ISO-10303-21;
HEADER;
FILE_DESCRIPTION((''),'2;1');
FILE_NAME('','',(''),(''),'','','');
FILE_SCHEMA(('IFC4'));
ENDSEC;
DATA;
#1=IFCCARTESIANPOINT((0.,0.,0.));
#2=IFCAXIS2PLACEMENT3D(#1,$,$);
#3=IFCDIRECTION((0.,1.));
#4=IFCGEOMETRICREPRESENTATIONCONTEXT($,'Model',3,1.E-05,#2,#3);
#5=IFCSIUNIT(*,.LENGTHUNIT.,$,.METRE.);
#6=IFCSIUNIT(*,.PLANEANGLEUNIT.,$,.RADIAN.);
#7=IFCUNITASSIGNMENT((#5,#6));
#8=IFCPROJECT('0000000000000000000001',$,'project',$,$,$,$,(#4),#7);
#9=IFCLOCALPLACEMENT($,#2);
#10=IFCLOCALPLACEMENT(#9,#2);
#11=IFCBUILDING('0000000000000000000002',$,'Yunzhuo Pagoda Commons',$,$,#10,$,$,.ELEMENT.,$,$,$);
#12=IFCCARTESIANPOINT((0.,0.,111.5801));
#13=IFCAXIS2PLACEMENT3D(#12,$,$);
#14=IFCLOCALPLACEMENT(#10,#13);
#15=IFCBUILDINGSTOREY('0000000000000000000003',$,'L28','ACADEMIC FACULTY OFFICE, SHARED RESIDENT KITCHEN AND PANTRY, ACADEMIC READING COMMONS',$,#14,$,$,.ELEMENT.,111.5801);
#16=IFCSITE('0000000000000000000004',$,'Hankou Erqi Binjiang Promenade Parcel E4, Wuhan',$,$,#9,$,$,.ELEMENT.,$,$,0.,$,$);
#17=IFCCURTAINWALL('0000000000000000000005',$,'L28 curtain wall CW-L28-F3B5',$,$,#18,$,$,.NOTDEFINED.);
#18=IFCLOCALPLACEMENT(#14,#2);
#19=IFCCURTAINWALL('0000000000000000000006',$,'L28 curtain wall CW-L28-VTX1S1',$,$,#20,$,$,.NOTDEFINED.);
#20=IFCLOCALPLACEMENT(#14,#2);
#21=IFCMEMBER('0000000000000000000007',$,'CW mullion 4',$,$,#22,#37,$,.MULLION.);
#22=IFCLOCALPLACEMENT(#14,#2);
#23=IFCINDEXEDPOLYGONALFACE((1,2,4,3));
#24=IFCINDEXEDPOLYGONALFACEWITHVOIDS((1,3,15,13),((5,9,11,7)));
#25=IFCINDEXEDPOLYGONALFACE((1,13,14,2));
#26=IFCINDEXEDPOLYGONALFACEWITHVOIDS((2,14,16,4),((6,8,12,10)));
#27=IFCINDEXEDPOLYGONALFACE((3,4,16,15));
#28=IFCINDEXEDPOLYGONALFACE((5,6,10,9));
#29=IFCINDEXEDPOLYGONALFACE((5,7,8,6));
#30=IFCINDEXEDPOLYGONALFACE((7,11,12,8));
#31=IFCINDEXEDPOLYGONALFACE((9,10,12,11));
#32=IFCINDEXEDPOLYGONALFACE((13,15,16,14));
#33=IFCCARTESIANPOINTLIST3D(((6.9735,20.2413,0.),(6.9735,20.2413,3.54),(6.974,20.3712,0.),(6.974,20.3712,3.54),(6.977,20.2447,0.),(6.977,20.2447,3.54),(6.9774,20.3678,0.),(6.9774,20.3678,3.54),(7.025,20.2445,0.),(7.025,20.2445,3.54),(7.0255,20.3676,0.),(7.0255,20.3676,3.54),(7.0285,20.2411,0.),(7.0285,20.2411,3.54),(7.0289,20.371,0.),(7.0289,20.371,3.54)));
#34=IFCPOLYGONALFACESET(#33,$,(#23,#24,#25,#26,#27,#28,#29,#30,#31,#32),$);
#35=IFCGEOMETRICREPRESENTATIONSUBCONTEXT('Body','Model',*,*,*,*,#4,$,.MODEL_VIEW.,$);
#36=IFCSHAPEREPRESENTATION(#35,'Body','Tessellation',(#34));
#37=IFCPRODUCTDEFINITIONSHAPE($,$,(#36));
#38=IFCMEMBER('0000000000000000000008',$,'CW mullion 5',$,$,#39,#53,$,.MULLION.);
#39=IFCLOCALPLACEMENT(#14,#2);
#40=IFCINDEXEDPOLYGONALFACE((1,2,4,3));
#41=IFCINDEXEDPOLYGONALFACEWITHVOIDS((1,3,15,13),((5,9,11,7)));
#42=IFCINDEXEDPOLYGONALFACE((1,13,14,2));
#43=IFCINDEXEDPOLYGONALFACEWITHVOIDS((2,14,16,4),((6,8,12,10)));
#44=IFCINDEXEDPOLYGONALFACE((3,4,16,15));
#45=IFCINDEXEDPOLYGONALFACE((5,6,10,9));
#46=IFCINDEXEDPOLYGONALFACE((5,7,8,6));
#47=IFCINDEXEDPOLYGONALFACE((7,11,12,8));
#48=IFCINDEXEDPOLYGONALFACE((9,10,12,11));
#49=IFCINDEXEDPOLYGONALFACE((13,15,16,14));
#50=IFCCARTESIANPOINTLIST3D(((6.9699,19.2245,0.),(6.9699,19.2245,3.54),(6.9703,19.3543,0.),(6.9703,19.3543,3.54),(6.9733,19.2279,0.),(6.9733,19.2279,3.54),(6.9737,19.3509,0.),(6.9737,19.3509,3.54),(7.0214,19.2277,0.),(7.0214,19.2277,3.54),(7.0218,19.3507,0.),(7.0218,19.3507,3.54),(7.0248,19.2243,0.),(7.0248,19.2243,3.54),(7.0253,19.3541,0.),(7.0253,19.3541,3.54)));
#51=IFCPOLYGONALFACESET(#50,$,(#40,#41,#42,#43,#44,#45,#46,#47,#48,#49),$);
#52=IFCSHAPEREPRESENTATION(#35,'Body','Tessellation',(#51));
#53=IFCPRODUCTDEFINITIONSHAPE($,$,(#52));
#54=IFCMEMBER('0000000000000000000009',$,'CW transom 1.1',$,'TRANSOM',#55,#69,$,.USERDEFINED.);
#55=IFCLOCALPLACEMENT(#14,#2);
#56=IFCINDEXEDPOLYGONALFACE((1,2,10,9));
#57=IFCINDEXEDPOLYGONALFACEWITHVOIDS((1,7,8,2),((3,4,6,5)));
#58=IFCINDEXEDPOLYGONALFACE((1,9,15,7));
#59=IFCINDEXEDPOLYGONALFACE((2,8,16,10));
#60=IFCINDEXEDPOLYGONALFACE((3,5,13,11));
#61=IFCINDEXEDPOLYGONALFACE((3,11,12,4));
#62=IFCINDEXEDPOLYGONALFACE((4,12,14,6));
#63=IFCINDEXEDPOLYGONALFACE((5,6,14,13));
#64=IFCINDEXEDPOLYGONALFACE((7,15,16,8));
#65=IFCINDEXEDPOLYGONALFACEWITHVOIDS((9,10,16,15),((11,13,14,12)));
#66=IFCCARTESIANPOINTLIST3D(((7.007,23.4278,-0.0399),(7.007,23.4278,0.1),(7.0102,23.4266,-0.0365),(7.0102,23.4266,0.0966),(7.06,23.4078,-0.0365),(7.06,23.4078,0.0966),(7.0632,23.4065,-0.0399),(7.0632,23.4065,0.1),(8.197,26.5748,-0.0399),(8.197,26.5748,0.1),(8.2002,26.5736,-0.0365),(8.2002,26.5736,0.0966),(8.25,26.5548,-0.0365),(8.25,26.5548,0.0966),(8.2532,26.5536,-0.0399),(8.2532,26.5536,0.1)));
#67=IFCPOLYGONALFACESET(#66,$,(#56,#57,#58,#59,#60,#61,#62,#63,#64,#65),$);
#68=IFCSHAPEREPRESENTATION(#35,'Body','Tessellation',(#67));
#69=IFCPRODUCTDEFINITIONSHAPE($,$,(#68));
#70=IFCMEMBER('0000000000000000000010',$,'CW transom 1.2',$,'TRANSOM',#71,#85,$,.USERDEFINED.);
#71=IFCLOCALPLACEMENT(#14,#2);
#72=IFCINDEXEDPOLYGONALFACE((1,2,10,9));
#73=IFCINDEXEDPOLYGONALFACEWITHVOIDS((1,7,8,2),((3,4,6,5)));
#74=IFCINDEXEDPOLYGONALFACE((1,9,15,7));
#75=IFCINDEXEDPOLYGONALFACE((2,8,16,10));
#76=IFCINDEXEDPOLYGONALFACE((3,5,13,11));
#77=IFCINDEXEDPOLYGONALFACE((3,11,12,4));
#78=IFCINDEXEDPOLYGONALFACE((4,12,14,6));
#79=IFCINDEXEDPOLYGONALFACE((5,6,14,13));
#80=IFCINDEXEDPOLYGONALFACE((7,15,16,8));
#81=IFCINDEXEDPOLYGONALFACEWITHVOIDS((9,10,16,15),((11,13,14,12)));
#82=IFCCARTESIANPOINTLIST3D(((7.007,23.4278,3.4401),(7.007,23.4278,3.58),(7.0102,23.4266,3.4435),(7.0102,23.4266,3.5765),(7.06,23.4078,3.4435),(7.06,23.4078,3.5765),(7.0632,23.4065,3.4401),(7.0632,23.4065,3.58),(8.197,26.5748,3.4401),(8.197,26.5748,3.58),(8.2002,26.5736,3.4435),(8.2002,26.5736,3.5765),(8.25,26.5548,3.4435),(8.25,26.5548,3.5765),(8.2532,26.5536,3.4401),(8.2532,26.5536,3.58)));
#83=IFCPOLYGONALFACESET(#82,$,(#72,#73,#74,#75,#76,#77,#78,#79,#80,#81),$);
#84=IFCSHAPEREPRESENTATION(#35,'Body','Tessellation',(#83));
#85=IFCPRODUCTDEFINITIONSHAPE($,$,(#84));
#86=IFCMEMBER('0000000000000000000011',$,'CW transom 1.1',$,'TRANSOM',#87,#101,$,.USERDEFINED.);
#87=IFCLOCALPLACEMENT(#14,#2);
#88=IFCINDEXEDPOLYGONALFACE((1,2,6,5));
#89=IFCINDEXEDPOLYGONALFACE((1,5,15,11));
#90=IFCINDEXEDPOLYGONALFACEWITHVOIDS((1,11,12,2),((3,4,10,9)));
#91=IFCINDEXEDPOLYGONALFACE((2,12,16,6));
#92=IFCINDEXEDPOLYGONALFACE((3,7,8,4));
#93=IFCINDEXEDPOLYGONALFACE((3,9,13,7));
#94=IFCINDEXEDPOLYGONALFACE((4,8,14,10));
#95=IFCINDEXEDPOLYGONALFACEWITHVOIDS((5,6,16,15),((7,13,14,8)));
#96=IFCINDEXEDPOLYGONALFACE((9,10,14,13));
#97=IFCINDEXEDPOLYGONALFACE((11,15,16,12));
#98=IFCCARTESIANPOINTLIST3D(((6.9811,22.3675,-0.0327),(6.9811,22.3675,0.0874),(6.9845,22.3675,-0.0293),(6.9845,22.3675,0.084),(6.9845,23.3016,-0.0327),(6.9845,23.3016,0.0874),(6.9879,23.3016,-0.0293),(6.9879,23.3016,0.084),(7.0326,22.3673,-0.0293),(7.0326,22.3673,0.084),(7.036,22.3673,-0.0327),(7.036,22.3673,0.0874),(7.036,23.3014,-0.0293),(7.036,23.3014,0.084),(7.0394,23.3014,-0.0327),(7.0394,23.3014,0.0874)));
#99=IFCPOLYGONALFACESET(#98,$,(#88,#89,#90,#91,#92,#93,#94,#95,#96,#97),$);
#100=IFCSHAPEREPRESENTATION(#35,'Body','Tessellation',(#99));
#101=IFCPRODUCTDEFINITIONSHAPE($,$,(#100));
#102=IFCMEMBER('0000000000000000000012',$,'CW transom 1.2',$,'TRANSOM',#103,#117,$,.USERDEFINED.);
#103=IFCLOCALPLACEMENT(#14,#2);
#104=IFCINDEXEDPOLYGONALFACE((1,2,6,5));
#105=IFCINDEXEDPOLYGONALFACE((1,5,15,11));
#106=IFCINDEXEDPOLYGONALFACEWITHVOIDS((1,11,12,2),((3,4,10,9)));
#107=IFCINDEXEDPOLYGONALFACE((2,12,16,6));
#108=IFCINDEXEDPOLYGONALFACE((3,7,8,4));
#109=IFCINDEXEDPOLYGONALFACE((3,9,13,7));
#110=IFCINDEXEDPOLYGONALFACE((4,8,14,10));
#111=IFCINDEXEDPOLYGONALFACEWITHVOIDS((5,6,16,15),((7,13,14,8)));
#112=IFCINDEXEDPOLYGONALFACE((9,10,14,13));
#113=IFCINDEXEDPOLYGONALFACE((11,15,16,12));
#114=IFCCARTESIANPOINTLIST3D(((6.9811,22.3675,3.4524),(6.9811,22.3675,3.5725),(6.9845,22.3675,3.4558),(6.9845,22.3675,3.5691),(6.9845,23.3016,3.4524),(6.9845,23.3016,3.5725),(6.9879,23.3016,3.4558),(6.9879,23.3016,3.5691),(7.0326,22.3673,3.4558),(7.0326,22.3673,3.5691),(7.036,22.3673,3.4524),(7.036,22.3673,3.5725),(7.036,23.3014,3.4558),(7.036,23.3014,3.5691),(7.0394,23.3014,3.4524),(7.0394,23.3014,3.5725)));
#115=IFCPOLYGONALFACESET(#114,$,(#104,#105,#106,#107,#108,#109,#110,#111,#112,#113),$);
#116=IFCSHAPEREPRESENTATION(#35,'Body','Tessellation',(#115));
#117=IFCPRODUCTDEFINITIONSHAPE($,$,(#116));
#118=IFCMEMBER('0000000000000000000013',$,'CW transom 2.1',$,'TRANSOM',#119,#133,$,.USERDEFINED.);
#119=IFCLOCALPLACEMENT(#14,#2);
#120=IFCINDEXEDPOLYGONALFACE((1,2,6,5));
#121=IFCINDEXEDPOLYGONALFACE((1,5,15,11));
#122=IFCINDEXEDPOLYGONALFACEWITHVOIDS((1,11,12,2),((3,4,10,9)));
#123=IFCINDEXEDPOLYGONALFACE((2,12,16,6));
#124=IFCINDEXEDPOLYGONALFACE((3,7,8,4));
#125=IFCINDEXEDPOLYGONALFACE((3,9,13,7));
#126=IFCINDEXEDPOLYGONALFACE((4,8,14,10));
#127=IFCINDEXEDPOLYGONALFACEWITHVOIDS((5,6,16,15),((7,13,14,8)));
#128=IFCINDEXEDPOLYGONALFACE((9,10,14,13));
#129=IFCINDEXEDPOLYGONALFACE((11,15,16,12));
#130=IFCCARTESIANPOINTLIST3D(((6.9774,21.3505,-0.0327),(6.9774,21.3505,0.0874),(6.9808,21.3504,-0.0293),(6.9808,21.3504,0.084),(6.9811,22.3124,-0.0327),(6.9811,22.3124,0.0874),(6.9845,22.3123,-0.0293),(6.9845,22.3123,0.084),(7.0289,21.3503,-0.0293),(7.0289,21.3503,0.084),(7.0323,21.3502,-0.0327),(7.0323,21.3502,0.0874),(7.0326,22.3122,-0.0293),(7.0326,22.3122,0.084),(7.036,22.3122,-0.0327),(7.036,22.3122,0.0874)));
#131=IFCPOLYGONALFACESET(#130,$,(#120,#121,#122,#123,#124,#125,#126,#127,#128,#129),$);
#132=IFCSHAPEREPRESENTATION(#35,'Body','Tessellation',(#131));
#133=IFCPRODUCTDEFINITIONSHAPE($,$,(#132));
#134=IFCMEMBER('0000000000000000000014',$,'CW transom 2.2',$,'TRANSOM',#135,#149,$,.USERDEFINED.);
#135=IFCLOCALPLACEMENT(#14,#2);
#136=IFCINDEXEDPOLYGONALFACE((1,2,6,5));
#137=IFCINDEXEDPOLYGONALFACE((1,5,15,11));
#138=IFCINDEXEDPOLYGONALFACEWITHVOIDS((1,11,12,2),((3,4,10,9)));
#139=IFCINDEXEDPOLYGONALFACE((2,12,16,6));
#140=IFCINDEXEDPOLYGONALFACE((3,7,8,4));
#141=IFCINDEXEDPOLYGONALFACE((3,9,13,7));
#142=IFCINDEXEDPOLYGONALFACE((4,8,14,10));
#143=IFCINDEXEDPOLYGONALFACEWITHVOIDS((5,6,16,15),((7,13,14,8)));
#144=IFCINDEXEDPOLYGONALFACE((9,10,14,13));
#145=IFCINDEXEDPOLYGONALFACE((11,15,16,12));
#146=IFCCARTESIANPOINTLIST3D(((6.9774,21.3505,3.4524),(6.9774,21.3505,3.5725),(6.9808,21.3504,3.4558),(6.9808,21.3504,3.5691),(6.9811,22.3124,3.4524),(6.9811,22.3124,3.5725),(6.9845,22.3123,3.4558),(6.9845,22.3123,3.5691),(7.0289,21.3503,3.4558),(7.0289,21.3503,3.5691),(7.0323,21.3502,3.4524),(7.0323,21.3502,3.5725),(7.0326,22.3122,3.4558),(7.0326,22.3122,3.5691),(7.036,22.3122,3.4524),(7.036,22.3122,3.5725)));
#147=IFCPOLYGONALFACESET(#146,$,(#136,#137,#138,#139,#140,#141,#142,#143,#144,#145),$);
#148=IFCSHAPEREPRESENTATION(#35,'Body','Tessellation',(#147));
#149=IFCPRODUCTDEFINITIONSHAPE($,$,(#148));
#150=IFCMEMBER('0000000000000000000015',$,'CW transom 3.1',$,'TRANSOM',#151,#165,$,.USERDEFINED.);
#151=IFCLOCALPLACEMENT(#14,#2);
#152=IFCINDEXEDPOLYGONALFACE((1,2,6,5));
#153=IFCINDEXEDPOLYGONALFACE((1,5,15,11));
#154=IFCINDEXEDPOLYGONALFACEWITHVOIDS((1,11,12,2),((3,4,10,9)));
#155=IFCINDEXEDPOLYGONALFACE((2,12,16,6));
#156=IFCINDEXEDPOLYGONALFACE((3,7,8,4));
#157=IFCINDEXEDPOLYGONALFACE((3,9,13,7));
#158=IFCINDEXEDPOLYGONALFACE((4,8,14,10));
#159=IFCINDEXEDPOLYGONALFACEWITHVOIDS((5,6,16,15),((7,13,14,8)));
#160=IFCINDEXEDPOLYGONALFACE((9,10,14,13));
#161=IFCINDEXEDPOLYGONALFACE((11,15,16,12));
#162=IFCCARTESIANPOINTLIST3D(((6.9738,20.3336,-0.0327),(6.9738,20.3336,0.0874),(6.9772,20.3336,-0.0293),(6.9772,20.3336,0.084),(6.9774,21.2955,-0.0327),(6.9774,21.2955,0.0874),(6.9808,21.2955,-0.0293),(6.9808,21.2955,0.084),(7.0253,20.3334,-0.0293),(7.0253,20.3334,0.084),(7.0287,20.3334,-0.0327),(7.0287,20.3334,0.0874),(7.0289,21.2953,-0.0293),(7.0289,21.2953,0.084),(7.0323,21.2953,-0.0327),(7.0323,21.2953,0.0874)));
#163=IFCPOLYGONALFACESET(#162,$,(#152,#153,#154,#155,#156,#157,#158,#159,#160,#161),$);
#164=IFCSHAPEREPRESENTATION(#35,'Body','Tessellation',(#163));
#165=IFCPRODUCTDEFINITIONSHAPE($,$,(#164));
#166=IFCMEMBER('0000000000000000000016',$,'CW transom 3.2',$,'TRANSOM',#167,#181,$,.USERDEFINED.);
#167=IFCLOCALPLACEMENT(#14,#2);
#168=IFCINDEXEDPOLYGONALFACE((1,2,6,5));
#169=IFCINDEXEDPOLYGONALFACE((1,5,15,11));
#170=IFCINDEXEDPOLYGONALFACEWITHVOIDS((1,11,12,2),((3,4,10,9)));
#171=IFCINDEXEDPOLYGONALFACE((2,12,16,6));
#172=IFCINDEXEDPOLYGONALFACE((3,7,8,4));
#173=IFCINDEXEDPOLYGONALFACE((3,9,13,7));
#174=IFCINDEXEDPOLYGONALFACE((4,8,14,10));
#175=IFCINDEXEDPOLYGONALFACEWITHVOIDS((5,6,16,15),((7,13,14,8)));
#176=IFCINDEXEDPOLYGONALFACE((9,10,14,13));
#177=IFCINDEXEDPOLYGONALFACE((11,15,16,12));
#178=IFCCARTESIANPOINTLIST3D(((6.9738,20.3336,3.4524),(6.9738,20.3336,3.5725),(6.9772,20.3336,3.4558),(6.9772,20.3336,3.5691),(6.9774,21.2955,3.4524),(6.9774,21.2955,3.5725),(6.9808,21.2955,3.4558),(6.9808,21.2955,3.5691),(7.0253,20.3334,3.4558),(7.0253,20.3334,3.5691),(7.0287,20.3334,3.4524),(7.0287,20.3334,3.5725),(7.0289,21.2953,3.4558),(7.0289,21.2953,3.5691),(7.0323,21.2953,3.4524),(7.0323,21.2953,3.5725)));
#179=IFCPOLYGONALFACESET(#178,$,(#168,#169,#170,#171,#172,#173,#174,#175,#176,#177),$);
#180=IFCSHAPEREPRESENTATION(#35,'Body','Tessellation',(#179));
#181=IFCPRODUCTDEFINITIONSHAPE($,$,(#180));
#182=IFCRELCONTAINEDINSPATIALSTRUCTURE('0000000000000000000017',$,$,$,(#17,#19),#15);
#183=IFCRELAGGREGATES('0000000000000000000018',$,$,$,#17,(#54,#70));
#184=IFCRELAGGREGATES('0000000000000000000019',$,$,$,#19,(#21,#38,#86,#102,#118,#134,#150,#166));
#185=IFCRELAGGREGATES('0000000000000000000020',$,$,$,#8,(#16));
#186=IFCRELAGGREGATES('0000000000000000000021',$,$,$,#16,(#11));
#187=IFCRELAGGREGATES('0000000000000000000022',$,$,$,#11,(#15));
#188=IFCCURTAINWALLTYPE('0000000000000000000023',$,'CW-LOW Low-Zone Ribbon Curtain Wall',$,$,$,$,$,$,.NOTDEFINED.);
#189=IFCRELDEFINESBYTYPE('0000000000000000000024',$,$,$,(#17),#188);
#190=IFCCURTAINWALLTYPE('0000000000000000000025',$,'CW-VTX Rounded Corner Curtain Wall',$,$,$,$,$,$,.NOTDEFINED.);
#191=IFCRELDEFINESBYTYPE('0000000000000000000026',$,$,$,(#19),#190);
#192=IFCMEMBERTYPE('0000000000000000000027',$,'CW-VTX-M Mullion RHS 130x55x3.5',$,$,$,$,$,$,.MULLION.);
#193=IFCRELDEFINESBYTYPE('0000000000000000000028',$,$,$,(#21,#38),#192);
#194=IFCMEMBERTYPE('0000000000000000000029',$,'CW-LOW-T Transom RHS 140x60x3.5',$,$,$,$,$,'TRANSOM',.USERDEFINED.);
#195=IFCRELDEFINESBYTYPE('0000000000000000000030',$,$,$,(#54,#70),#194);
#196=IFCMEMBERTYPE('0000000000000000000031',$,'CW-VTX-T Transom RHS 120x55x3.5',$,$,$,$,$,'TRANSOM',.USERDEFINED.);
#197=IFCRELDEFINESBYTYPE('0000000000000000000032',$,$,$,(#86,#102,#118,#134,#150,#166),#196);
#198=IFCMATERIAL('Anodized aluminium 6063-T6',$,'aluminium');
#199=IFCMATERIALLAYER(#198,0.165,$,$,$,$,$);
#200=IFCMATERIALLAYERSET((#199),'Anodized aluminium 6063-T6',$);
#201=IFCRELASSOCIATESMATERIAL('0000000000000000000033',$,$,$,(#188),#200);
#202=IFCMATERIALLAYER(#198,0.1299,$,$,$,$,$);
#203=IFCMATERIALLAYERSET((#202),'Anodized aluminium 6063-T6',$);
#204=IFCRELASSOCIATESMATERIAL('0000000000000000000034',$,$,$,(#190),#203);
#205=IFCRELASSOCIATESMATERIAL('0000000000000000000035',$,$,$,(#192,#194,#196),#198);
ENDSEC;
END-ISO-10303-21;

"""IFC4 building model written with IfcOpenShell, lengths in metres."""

from ifc_helpers import new_model, si_unit, direction, frame, origin, origin_2d, place, context, subcontext, project, spatial, hollow_rectangle, extrude, source, transform, mapped, material, layer, layer_set, material_profile, profile_set, type_object, element, aggregate, save


model = new_model("IFC4")

# Units and contexts
model_context = context("Model", 3, precision=1e-05, world=origin(), true_north=direction((0.0, 1.0)))
body_context = subcontext(model_context, "Body", "Model", "MODEL_VIEW")
ifc_project = project(units=[si_unit("LENGTHUNIT", "METRE"), si_unit("PLANEANGLEUNIT", "RADIAN")], contexts=[model_context])

# Site, building, storey
site_placement = place(None, origin())
site = spatial("IfcSite", under=ifc_project, at=site_placement, Name="Hankou Erqi Binjiang Promenade Parcel E4, Wuhan", CompositionType="ELEMENT", RefElevation=0.0)
building_placement = place(site_placement, origin())
building = spatial("IfcBuilding", under=site, at=building_placement, Name="Yunzhuo Pagoda Commons", CompositionType="ELEMENT")
storey_placement = place(building_placement, frame((0.0, 0.0, 111.5801)))
storey = spatial("IfcBuildingStorey", under=building, at=storey_placement, Name="L28", Description="ACADEMIC FACULTY OFFICE, SHARED RESIDENT KITCHEN AND PANTRY, ACADEMIC READING COMMONS", CompositionType="ELEMENT", Elevation=111.5801)

# Shared definitions
ifc_material_1 = material(Name="Anodized aluminium 6063-T6", Category="aluminium")
ifc_layer_1 = layer(ifc_material_1, 0.165)
ifc_layer_set_1 = layer_set([ifc_layer_1], Name="Anodized aluminium 6063-T6")
curtain_wall_type_1 = type_object("IfcCurtainWallType", Name="CW-LOW Low-Zone Ribbon Curtain Wall", PredefinedType="NOTDEFINED", material=ifc_layer_set_1)

# Curtain walls, members
curtain_wall_1_placement = place(storey_placement, origin())
curtain_wall_1 = element("IfcCurtainWall", 1, at=curtain_wall_1_placement, inside=storey, type_object=curtain_wall_type_1, Name="L28 curtain wall CW-L28-F3B5", PredefinedType="NOTDEFINED")
ifc_layer_2 = layer(ifc_material_1, 0.1299)
ifc_layer_set_2 = layer_set([ifc_layer_2], Name="Anodized aluminium 6063-T6")
curtain_wall_type_2 = type_object("IfcCurtainWallType", Name="CW-VTX Rounded Corner Curtain Wall", PredefinedType="NOTDEFINED", material=ifc_layer_set_2)
curtain_wall_2_placement = place(storey_placement, origin())
curtain_wall_2 = element("IfcCurtainWall", 2, at=curtain_wall_2_placement, inside=storey, type_object=curtain_wall_type_2, Name="L28 curtain wall CW-L28-VTX1S1", PredefinedType="NOTDEFINED")
ifc_material_profile_1 = material_profile(ifc_material_1, hollow_rectangle(XDim=0.0549, YDim=0.1299, WallThickness=0.0034, at=origin_2d()), Name="Anodized aluminium 6063-T6")
ifc_profile_set_1 = profile_set([ifc_material_profile_1], Name="Anodized aluminium 6063-T6")
member_type_1 = type_object("IfcMemberType", Name="CW-VTX-M Mullion RHS 130x55x3.5", PredefinedType="MULLION", material=ifc_profile_set_1)
shared_shape_1 = source(origin(), body_context, "Body", "SweptSolid", [
    extrude(hollow_rectangle(XDim=0.0549, YDim=0.1299, WallThickness=0.0034, at=origin_2d()), origin(), (0.0, 0.0, 1.0), 3.54),
])
member_1_placement = place(storey_placement, frame((7.0012, 20.3062, 0.0), z_axis=(0.0, 0.0, 1.0), x_axis=(0.999994, -0.003599, 0.0)))
member_1 = element("IfcMember", 3, at=member_1_placement, type_object=member_type_1, Name="CW mullion 4", PredefinedType="MULLION", context=body_context, shape_type="MappedRepresentation", body=[
    mapped(shared_shape_1, transform((0.0, 0.0, 0.0), scale=1.0)),
])
member_2_placement = place(storey_placement, frame((6.9976, 19.2893, 0.0), z_axis=(0.0, 0.0, 1.0), x_axis=(0.999994, -0.003599, 0.0)))
member_2 = element("IfcMember", 4, at=member_2_placement, type_object=member_type_1, Name="CW mullion 5", PredefinedType="MULLION", context=body_context, shape_type="MappedRepresentation", body=[
    mapped(shared_shape_1, transform((0.0, 0.0, 0.0), scale=1.0)),
])

# Members
ifc_material_profile_2 = material_profile(ifc_material_1, hollow_rectangle(XDim=0.0601, YDim=0.1399, WallThickness=0.0034, at=origin_2d()), Name="Anodized aluminium 6063-T6")
ifc_profile_set_2 = profile_set([ifc_material_profile_2], Name="Anodized aluminium 6063-T6")
member_type_2 = type_object("IfcMemberType", Name="CW-LOW-T Transom RHS 140x60x3.5", ElementType="TRANSOM", PredefinedType="USERDEFINED", material=ifc_profile_set_2)
shared_shape_2 = source(origin(), body_context, "Body", "SweptSolid", [
    extrude(hollow_rectangle(XDim=0.0601, YDim=0.1399, WallThickness=0.0034, at=origin_2d()), origin(), (0.0, 0.0, 1.0), 3.3645),
])
member_3_placement = place(storey_placement, frame((8.2251, 26.5642, 0.03), z_axis=(-0.353683, -0.935365, 0.0), x_axis=(0.935365, -0.353683, 0.0)))
member_3 = element("IfcMember", 5, at=member_3_placement, type_object=member_type_2, Name="CW transom 1.1", ObjectType="TRANSOM", PredefinedType="USERDEFINED", context=body_context, shape_type="MappedRepresentation", body=[
    mapped(shared_shape_2, transform((0.0, 0.0, 0.0), scale=1.0)),
])
member_4_placement = place(storey_placement, frame((8.2251, 26.5642, 3.51), z_axis=(-0.353683, -0.935365, 0.0), x_axis=(0.935365, -0.353683, 0.0)))
member_4 = element("IfcMember", 6, at=member_4_placement, type_object=member_type_2, Name="CW transom 1.2", ObjectType="TRANSOM", PredefinedType="USERDEFINED", context=body_context, shape_type="MappedRepresentation", body=[
    mapped(shared_shape_2, transform((0.0, 0.0, 0.0), scale=1.0)),
])
ifc_material_profile_3 = material_profile(ifc_material_1, hollow_rectangle(XDim=0.0549, YDim=0.1201, WallThickness=0.0034, at=origin_2d()), Name="Anodized aluminium 6063-T6")
ifc_profile_set_3 = profile_set([ifc_material_profile_3], Name="Anodized aluminium 6063-T6")
member_type_3 = type_object("IfcMemberType", Name="CW-VTX-T Transom RHS 120x55x3.5", ElementType="TRANSOM", PredefinedType="USERDEFINED", material=ifc_profile_set_3)
shared_shape_3 = source(origin(), body_context, "Body", "SweptSolid", [
    extrude(hollow_rectangle(XDim=0.0549, YDim=0.1201, WallThickness=0.0034, at=origin_2d()), origin(), (0.0, 0.0, 1.0), 0.9341),
])
member_5_placement = place(storey_placement, frame((7.012, 23.3015, 0.0273), z_axis=(-0.003659, -0.999993, 0.0), x_axis=(0.999993, -0.003659, 0.0)))
member_5 = element("IfcMember", 7, at=member_5_placement, type_object=member_type_3, Name="CW transom 1.1", ObjectType="TRANSOM", PredefinedType="USERDEFINED", context=body_context, shape_type="MappedRepresentation", body=[
    mapped(shared_shape_3, transform((0.0, 0.0, 0.0), scale=1.0)),
])
member_6_placement = place(storey_placement, frame((7.012, 23.3015, 3.5125), z_axis=(-0.003659, -0.999993, 0.0), x_axis=(0.999993, -0.003659, 0.0)))
member_6 = element("IfcMember", 8, at=member_6_placement, type_object=member_type_3, Name="CW transom 1.2", ObjectType="TRANSOM", PredefinedType="USERDEFINED", context=body_context, shape_type="MappedRepresentation", body=[
    mapped(shared_shape_3, transform((0.0, 0.0, 0.0), scale=1.0)),
])
shared_shape_4 = source(origin(), body_context, "Body", "SweptSolid", [
    extrude(hollow_rectangle(XDim=0.0549, YDim=0.1201, WallThickness=0.0034, at=origin_2d()), origin(), (0.0, 0.0, 1.0), 0.9619),
])
member_7_placement = place(storey_placement, frame((7.0085, 22.3123, 0.0273), z_axis=(-0.003807, -0.999993, 0.0), x_axis=(0.999993, -0.003807, 0.0)))
member_7 = element("IfcMember", 9, at=member_7_placement, type_object=member_type_3, Name="CW transom 2.1", ObjectType="TRANSOM", PredefinedType="USERDEFINED", context=body_context, shape_type="MappedRepresentation", body=[
    mapped(shared_shape_4, transform((0.0, 0.0, 0.0), scale=1.0)),
])
member_8_placement = place(storey_placement, frame((7.0085, 22.3123, 3.5125), z_axis=(-0.003807, -0.999993, 0.0), x_axis=(0.999993, -0.003807, 0.0)))
member_8 = element("IfcMember", 10, at=member_8_placement, type_object=member_type_3, Name="CW transom 2.2", ObjectType="TRANSOM", PredefinedType="USERDEFINED", context=body_context, shape_type="MappedRepresentation", body=[
    mapped(shared_shape_4, transform((0.0, 0.0, 0.0), scale=1.0)),
])
member_9_placement = place(storey_placement, frame((7.0049, 21.2954, 0.0273), z_axis=(-0.003807, -0.999993, 0.0), x_axis=(0.999993, -0.003807, 0.0)))
member_9 = element("IfcMember", 11, at=member_9_placement, type_object=member_type_3, Name="CW transom 3.1", ObjectType="TRANSOM", PredefinedType="USERDEFINED", context=body_context, shape_type="MappedRepresentation", body=[
    mapped(shared_shape_4, transform((0.0, 0.0, 0.0), scale=1.0)),
])
member_10_placement = place(storey_placement, frame((7.0049, 21.2954, 3.5125), z_axis=(-0.003807, -0.999993, 0.0), x_axis=(0.999993, -0.003807, 0.0)))
member_10 = element("IfcMember", 12, at=member_10_placement, type_object=member_type_3, Name="CW transom 3.2", ObjectType="TRANSOM", PredefinedType="USERDEFINED", context=body_context, shape_type="MappedRepresentation", body=[
    mapped(shared_shape_4, transform((0.0, 0.0, 0.0), scale=1.0)),
])

aggregate(curtain_wall_1, [member_3, member_4])
aggregate(curtain_wall_2, [member_1, member_2, member_5, member_6, member_7, member_8, member_9, member_10])

save(model, "model.ifc")
